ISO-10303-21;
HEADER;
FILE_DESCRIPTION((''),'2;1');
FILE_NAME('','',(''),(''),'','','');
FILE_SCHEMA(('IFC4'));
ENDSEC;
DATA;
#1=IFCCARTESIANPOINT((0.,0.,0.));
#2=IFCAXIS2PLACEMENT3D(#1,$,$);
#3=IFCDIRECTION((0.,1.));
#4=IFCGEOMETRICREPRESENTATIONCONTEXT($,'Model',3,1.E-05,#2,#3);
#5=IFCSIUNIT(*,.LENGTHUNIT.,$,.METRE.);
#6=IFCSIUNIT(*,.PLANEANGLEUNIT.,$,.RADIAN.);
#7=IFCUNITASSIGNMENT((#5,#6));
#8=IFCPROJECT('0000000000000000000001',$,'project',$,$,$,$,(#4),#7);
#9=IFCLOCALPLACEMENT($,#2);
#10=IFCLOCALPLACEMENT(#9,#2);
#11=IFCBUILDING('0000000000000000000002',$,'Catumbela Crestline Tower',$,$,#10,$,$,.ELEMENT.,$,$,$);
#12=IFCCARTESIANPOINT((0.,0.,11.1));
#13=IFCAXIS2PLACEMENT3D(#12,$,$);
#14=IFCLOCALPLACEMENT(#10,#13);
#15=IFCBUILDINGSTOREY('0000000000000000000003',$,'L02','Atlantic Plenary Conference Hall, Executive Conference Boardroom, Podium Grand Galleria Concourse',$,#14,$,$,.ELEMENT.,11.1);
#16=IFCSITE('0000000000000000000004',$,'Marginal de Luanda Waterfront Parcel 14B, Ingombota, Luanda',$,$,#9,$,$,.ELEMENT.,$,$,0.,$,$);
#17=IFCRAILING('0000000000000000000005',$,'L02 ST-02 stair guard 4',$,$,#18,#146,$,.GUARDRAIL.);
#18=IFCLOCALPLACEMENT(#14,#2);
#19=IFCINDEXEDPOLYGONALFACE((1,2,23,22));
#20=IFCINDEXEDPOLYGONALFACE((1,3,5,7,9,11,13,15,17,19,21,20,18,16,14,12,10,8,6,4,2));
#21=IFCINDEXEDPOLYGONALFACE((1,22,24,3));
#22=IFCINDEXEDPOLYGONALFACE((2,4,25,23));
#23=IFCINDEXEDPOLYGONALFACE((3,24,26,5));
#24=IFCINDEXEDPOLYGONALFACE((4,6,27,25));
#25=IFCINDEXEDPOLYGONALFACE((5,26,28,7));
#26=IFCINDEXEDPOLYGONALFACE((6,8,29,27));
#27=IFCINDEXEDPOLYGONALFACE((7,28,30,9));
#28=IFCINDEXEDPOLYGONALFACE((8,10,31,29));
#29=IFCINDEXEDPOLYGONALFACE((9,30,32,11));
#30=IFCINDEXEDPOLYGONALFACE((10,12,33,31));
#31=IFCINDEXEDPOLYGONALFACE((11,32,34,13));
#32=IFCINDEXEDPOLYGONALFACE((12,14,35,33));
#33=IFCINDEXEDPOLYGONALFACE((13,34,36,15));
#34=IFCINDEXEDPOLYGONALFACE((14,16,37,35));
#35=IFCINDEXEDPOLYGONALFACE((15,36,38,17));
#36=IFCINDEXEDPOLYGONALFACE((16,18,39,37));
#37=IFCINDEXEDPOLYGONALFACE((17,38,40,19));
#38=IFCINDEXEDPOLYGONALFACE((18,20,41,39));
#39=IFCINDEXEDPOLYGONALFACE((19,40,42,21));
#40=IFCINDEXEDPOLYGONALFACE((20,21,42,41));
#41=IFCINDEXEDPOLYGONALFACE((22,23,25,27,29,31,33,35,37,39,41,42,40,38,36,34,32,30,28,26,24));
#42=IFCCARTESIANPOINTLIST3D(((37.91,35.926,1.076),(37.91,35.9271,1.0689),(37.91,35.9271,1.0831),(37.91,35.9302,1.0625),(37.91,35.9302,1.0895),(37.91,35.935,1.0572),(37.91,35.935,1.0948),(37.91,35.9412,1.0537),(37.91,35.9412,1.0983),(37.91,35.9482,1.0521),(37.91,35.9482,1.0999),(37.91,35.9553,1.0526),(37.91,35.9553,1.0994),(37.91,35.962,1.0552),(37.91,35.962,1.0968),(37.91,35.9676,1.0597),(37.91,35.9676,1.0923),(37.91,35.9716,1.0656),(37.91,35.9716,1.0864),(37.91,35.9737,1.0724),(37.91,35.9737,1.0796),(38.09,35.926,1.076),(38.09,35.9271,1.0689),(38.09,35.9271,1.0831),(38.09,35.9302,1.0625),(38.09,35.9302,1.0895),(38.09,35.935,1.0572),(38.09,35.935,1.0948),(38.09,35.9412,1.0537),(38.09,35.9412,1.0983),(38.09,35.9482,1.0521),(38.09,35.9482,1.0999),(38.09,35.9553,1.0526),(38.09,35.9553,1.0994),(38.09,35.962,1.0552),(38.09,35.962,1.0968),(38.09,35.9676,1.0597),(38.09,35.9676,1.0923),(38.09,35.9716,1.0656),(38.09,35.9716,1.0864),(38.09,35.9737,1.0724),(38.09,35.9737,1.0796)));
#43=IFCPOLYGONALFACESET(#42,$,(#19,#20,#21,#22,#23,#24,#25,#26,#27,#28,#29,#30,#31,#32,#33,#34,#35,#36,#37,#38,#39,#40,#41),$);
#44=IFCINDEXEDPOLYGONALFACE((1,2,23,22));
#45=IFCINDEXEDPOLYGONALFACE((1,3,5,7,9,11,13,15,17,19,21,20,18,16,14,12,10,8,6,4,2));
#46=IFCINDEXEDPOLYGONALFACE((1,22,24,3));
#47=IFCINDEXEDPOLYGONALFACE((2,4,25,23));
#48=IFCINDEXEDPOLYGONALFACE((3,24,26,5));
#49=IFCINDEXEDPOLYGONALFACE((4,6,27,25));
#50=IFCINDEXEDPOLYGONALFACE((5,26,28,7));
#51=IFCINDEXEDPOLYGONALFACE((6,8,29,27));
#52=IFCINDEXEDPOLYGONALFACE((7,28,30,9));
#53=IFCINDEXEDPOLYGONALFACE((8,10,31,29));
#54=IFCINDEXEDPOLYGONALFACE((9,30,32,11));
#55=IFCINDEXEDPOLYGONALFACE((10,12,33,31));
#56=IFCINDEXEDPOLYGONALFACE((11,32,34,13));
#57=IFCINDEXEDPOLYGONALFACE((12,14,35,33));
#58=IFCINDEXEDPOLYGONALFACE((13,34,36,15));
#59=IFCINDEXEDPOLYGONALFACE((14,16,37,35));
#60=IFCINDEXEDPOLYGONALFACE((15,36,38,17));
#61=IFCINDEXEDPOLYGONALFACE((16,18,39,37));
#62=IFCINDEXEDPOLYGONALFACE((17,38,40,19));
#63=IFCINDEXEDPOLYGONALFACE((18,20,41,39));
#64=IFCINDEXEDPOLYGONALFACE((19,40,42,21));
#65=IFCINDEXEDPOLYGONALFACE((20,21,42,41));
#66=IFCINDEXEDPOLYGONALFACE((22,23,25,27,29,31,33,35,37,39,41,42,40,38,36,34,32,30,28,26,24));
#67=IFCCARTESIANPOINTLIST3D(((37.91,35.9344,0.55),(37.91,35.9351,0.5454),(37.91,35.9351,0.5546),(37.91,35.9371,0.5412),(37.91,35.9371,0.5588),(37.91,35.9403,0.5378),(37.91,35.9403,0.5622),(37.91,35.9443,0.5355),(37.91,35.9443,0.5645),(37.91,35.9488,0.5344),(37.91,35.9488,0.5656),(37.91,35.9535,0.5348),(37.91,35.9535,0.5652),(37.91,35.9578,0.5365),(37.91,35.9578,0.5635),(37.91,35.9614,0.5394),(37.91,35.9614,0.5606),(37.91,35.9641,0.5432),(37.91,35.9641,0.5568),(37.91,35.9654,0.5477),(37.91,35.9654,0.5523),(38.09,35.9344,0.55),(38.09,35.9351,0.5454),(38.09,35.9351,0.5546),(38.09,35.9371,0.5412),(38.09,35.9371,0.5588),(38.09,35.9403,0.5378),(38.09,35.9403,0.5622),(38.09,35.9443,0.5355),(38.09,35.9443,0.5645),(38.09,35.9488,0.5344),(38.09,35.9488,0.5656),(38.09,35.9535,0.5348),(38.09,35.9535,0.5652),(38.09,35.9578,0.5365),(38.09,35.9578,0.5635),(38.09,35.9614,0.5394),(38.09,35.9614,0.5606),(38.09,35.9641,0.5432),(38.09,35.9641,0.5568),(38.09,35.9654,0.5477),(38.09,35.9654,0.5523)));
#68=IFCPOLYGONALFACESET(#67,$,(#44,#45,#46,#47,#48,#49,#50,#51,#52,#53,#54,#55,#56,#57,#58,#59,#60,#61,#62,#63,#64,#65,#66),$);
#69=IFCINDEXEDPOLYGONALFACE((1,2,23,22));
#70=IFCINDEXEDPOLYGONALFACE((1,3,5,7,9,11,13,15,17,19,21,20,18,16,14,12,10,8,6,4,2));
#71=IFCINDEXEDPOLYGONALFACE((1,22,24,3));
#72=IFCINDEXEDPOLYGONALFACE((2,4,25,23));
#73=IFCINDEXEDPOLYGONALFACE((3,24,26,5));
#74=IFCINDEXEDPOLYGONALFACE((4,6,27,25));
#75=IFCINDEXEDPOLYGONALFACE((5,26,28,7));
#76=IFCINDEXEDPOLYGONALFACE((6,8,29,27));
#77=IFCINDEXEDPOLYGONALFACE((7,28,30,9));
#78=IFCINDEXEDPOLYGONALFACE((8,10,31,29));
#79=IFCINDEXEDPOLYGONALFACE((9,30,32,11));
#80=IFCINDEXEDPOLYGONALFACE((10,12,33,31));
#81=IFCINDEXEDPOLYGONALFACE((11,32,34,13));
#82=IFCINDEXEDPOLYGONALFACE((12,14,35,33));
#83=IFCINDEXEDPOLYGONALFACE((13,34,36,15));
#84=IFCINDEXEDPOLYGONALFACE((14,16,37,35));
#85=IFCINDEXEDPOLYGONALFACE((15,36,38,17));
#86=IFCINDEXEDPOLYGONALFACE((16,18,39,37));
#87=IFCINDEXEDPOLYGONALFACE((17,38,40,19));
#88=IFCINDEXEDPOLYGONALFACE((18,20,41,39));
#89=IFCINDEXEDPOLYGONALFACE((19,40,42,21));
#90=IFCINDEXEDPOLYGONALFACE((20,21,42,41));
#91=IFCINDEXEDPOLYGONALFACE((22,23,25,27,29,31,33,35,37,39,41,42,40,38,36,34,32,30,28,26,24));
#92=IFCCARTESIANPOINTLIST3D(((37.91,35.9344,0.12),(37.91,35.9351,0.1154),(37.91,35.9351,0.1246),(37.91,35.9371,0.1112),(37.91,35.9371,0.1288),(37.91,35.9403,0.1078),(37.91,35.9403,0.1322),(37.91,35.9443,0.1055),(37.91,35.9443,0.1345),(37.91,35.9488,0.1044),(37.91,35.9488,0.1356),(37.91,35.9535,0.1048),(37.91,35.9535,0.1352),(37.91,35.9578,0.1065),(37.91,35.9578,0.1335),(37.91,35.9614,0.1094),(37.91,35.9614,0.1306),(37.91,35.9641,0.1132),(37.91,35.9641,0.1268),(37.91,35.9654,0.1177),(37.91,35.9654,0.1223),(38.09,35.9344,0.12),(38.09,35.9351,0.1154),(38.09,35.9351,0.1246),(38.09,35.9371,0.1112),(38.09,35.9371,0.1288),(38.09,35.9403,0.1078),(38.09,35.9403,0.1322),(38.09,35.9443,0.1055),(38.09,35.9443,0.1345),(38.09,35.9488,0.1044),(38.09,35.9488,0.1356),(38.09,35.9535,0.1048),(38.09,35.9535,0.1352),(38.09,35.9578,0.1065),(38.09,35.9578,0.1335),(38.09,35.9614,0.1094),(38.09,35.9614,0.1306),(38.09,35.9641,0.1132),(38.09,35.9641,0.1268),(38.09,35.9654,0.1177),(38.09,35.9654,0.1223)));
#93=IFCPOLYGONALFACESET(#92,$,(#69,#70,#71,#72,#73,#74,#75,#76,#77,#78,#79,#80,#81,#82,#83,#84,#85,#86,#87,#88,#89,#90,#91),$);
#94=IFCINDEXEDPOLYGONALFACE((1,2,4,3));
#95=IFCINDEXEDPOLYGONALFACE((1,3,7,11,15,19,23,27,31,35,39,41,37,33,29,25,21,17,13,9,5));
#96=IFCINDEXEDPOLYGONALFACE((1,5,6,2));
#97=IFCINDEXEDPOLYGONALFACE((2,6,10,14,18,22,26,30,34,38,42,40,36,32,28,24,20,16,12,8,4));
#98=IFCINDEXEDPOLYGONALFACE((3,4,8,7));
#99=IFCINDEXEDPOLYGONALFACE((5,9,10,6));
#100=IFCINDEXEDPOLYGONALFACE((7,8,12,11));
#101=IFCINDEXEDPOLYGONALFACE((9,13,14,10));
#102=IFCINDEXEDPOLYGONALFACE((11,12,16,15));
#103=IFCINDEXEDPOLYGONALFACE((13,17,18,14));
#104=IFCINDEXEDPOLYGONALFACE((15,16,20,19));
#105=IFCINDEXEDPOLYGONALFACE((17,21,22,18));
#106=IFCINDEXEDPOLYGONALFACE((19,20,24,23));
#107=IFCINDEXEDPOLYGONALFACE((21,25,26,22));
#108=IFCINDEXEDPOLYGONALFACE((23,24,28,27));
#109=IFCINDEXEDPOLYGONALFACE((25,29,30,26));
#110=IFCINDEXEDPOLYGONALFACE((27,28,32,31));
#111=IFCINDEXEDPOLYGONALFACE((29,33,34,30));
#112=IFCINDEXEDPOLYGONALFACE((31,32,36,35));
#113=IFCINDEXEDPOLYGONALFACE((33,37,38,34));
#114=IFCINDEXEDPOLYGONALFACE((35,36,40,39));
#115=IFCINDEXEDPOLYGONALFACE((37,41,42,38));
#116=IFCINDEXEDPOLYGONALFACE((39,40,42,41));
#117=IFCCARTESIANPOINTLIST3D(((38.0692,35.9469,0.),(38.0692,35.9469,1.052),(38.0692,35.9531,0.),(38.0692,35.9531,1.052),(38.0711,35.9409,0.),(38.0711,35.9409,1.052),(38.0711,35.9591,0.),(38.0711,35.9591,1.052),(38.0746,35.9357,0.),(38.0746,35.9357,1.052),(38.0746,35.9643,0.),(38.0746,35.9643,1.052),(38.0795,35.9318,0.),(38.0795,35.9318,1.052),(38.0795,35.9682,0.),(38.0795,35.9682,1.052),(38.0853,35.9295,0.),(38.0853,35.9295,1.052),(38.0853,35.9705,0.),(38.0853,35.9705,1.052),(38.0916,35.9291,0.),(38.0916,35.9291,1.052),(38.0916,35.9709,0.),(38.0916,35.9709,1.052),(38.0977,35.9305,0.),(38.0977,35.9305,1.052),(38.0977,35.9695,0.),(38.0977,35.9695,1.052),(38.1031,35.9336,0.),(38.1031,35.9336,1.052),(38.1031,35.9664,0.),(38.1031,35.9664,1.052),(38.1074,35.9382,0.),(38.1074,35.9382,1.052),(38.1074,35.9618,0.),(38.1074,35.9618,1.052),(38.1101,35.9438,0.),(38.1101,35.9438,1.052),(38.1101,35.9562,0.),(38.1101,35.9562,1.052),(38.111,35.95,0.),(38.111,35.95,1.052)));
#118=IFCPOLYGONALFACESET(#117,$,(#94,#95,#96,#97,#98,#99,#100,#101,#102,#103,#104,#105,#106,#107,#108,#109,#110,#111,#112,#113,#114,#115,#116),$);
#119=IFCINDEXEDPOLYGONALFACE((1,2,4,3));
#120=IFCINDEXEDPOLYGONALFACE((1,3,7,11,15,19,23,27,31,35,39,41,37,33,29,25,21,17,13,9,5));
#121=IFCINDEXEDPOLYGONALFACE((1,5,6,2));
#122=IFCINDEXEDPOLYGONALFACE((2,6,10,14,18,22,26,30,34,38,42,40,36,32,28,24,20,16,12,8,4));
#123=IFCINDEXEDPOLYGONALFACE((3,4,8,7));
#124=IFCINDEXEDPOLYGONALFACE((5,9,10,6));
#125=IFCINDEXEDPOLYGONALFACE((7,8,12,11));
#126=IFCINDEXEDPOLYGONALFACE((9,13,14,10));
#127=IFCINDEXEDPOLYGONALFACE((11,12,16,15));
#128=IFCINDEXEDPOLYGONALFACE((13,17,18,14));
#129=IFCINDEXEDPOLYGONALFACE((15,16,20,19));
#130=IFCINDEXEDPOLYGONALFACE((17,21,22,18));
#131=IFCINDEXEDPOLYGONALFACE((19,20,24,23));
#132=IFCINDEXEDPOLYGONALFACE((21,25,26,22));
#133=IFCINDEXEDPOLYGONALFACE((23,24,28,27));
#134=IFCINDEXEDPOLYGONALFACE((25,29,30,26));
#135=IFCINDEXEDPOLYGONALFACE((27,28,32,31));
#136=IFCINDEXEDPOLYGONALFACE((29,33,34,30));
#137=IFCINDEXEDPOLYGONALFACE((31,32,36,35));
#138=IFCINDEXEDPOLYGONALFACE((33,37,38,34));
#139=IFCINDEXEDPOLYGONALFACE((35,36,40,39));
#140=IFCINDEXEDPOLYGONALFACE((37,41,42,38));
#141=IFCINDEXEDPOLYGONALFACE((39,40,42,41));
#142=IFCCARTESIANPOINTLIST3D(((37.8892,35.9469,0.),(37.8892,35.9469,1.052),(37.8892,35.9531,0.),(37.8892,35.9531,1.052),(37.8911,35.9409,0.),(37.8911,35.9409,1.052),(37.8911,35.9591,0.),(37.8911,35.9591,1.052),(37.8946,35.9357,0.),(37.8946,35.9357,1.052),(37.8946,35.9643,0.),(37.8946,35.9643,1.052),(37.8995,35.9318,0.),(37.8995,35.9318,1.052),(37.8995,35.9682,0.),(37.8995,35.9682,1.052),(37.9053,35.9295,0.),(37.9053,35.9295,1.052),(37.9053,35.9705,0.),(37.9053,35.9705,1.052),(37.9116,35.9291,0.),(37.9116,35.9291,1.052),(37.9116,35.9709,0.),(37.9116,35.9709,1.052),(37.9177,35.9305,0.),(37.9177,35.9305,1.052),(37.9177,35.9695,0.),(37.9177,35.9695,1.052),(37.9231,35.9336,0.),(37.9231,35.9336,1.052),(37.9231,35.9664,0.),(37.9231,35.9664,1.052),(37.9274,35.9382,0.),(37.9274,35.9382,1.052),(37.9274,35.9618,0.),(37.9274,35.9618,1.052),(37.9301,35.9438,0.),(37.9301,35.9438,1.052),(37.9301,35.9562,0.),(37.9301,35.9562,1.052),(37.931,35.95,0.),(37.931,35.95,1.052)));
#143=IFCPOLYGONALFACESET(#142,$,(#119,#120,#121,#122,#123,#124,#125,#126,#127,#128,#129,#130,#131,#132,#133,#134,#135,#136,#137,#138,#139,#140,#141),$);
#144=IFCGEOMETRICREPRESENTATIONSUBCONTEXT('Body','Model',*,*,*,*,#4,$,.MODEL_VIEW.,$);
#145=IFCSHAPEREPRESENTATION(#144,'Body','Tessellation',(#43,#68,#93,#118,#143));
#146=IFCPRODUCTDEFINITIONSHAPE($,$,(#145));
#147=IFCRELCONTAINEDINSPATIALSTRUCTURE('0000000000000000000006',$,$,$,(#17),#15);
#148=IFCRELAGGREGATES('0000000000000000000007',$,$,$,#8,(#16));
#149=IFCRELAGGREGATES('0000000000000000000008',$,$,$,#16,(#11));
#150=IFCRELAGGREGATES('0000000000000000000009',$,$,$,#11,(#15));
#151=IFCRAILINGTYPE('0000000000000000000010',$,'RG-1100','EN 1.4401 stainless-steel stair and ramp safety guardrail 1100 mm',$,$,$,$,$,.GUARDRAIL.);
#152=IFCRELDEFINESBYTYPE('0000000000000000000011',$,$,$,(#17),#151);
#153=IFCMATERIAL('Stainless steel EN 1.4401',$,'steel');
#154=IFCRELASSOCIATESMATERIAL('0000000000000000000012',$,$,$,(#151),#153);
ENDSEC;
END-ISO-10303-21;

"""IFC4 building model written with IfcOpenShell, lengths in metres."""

from ifc_helpers import new_model, si_unit, direction, frame, origin, origin_2d, place, context, subcontext, project, spatial, circle, extrude, material, type_object, element, save


model = new_model("IFC4")

# Units and contexts
model_context = context("Model", 3, precision=1e-05, world=origin(), true_north=direction((0.0, 1.0)))
body_context = subcontext(model_context, "Body", "Model", "MODEL_VIEW")
ifc_project = project(units=[si_unit("LENGTHUNIT", "METRE"), si_unit("PLANEANGLEUNIT", "RADIAN")], contexts=[model_context])

# Site, building, storey
site_placement = place(None, origin())
site = spatial("IfcSite", under=ifc_project, at=site_placement, Name="Marginal de Luanda Waterfront Parcel 14B, Ingombota, Luanda", CompositionType="ELEMENT", RefElevation=0.0)
building_placement = place(site_placement, origin())
building = spatial("IfcBuilding", under=site, at=building_placement, Name="Catumbela Crestline Tower", CompositionType="ELEMENT")
storey_placement = place(building_placement, frame((0.0, 0.0, 11.1)))
storey = spatial("IfcBuildingStorey", under=building, at=storey_placement, Name="L02", Description="Atlantic Plenary Conference Hall, Executive Conference Boardroom, Podium Grand Galleria Concourse", CompositionType="ELEMENT", Elevation=11.1)

# Shared definitions
ifc_material_1 = material(Name="Stainless steel EN 1.4401", Category="steel")

# Railing
railing_type_1 = type_object("IfcRailingType", Name="RG-1100", Description="EN 1.4401 stainless-steel stair and ramp safety guardrail 1100 mm", PredefinedType="GUARDRAIL", material=ifc_material_1)
railing_1_placement = place(storey_placement, frame((38.09, 35.95, 0.0)))
element("IfcRailing", 1, at=railing_1_placement, inside=storey, type_object=railing_type_1, Name="L02 ST-02 stair guard 4", PredefinedType="GUARDRAIL", context=body_context, shape_type="SweptSolid", body=[
    extrude(circle(Radius=0.024, at=origin_2d()), frame((0.0, 0.0, 1.076), z_axis=(-1.0, 0.0, 0.0), x_axis=(0.0, -1.0, 0.0)), (0.0, 0.0, 1.0), 0.18),
    extrude(circle(Radius=0.0156, at=origin_2d()), frame((0.0, 0.0, 0.55), z_axis=(-1.0, 0.0, 0.0), x_axis=(0.0, -1.0, 0.0)), (0.0, 0.0, 1.0), 0.18),
    extrude(circle(Radius=0.0156, at=origin_2d()), frame((0.0, 0.0, 0.12), z_axis=(-1.0, 0.0, 0.0), x_axis=(0.0, -1.0, 0.0)), (0.0, 0.0, 1.0), 0.18),
    extrude(circle(Radius=0.021, at=origin_2d()), origin(), (0.0, 0.0, 1.0), 1.052),
    extrude(circle(Radius=0.021, at=origin_2d()), frame((-0.18, 0.0, 0.0)), (0.0, 0.0, 1.0), 1.052),
])

save(model, "model.ifc")
